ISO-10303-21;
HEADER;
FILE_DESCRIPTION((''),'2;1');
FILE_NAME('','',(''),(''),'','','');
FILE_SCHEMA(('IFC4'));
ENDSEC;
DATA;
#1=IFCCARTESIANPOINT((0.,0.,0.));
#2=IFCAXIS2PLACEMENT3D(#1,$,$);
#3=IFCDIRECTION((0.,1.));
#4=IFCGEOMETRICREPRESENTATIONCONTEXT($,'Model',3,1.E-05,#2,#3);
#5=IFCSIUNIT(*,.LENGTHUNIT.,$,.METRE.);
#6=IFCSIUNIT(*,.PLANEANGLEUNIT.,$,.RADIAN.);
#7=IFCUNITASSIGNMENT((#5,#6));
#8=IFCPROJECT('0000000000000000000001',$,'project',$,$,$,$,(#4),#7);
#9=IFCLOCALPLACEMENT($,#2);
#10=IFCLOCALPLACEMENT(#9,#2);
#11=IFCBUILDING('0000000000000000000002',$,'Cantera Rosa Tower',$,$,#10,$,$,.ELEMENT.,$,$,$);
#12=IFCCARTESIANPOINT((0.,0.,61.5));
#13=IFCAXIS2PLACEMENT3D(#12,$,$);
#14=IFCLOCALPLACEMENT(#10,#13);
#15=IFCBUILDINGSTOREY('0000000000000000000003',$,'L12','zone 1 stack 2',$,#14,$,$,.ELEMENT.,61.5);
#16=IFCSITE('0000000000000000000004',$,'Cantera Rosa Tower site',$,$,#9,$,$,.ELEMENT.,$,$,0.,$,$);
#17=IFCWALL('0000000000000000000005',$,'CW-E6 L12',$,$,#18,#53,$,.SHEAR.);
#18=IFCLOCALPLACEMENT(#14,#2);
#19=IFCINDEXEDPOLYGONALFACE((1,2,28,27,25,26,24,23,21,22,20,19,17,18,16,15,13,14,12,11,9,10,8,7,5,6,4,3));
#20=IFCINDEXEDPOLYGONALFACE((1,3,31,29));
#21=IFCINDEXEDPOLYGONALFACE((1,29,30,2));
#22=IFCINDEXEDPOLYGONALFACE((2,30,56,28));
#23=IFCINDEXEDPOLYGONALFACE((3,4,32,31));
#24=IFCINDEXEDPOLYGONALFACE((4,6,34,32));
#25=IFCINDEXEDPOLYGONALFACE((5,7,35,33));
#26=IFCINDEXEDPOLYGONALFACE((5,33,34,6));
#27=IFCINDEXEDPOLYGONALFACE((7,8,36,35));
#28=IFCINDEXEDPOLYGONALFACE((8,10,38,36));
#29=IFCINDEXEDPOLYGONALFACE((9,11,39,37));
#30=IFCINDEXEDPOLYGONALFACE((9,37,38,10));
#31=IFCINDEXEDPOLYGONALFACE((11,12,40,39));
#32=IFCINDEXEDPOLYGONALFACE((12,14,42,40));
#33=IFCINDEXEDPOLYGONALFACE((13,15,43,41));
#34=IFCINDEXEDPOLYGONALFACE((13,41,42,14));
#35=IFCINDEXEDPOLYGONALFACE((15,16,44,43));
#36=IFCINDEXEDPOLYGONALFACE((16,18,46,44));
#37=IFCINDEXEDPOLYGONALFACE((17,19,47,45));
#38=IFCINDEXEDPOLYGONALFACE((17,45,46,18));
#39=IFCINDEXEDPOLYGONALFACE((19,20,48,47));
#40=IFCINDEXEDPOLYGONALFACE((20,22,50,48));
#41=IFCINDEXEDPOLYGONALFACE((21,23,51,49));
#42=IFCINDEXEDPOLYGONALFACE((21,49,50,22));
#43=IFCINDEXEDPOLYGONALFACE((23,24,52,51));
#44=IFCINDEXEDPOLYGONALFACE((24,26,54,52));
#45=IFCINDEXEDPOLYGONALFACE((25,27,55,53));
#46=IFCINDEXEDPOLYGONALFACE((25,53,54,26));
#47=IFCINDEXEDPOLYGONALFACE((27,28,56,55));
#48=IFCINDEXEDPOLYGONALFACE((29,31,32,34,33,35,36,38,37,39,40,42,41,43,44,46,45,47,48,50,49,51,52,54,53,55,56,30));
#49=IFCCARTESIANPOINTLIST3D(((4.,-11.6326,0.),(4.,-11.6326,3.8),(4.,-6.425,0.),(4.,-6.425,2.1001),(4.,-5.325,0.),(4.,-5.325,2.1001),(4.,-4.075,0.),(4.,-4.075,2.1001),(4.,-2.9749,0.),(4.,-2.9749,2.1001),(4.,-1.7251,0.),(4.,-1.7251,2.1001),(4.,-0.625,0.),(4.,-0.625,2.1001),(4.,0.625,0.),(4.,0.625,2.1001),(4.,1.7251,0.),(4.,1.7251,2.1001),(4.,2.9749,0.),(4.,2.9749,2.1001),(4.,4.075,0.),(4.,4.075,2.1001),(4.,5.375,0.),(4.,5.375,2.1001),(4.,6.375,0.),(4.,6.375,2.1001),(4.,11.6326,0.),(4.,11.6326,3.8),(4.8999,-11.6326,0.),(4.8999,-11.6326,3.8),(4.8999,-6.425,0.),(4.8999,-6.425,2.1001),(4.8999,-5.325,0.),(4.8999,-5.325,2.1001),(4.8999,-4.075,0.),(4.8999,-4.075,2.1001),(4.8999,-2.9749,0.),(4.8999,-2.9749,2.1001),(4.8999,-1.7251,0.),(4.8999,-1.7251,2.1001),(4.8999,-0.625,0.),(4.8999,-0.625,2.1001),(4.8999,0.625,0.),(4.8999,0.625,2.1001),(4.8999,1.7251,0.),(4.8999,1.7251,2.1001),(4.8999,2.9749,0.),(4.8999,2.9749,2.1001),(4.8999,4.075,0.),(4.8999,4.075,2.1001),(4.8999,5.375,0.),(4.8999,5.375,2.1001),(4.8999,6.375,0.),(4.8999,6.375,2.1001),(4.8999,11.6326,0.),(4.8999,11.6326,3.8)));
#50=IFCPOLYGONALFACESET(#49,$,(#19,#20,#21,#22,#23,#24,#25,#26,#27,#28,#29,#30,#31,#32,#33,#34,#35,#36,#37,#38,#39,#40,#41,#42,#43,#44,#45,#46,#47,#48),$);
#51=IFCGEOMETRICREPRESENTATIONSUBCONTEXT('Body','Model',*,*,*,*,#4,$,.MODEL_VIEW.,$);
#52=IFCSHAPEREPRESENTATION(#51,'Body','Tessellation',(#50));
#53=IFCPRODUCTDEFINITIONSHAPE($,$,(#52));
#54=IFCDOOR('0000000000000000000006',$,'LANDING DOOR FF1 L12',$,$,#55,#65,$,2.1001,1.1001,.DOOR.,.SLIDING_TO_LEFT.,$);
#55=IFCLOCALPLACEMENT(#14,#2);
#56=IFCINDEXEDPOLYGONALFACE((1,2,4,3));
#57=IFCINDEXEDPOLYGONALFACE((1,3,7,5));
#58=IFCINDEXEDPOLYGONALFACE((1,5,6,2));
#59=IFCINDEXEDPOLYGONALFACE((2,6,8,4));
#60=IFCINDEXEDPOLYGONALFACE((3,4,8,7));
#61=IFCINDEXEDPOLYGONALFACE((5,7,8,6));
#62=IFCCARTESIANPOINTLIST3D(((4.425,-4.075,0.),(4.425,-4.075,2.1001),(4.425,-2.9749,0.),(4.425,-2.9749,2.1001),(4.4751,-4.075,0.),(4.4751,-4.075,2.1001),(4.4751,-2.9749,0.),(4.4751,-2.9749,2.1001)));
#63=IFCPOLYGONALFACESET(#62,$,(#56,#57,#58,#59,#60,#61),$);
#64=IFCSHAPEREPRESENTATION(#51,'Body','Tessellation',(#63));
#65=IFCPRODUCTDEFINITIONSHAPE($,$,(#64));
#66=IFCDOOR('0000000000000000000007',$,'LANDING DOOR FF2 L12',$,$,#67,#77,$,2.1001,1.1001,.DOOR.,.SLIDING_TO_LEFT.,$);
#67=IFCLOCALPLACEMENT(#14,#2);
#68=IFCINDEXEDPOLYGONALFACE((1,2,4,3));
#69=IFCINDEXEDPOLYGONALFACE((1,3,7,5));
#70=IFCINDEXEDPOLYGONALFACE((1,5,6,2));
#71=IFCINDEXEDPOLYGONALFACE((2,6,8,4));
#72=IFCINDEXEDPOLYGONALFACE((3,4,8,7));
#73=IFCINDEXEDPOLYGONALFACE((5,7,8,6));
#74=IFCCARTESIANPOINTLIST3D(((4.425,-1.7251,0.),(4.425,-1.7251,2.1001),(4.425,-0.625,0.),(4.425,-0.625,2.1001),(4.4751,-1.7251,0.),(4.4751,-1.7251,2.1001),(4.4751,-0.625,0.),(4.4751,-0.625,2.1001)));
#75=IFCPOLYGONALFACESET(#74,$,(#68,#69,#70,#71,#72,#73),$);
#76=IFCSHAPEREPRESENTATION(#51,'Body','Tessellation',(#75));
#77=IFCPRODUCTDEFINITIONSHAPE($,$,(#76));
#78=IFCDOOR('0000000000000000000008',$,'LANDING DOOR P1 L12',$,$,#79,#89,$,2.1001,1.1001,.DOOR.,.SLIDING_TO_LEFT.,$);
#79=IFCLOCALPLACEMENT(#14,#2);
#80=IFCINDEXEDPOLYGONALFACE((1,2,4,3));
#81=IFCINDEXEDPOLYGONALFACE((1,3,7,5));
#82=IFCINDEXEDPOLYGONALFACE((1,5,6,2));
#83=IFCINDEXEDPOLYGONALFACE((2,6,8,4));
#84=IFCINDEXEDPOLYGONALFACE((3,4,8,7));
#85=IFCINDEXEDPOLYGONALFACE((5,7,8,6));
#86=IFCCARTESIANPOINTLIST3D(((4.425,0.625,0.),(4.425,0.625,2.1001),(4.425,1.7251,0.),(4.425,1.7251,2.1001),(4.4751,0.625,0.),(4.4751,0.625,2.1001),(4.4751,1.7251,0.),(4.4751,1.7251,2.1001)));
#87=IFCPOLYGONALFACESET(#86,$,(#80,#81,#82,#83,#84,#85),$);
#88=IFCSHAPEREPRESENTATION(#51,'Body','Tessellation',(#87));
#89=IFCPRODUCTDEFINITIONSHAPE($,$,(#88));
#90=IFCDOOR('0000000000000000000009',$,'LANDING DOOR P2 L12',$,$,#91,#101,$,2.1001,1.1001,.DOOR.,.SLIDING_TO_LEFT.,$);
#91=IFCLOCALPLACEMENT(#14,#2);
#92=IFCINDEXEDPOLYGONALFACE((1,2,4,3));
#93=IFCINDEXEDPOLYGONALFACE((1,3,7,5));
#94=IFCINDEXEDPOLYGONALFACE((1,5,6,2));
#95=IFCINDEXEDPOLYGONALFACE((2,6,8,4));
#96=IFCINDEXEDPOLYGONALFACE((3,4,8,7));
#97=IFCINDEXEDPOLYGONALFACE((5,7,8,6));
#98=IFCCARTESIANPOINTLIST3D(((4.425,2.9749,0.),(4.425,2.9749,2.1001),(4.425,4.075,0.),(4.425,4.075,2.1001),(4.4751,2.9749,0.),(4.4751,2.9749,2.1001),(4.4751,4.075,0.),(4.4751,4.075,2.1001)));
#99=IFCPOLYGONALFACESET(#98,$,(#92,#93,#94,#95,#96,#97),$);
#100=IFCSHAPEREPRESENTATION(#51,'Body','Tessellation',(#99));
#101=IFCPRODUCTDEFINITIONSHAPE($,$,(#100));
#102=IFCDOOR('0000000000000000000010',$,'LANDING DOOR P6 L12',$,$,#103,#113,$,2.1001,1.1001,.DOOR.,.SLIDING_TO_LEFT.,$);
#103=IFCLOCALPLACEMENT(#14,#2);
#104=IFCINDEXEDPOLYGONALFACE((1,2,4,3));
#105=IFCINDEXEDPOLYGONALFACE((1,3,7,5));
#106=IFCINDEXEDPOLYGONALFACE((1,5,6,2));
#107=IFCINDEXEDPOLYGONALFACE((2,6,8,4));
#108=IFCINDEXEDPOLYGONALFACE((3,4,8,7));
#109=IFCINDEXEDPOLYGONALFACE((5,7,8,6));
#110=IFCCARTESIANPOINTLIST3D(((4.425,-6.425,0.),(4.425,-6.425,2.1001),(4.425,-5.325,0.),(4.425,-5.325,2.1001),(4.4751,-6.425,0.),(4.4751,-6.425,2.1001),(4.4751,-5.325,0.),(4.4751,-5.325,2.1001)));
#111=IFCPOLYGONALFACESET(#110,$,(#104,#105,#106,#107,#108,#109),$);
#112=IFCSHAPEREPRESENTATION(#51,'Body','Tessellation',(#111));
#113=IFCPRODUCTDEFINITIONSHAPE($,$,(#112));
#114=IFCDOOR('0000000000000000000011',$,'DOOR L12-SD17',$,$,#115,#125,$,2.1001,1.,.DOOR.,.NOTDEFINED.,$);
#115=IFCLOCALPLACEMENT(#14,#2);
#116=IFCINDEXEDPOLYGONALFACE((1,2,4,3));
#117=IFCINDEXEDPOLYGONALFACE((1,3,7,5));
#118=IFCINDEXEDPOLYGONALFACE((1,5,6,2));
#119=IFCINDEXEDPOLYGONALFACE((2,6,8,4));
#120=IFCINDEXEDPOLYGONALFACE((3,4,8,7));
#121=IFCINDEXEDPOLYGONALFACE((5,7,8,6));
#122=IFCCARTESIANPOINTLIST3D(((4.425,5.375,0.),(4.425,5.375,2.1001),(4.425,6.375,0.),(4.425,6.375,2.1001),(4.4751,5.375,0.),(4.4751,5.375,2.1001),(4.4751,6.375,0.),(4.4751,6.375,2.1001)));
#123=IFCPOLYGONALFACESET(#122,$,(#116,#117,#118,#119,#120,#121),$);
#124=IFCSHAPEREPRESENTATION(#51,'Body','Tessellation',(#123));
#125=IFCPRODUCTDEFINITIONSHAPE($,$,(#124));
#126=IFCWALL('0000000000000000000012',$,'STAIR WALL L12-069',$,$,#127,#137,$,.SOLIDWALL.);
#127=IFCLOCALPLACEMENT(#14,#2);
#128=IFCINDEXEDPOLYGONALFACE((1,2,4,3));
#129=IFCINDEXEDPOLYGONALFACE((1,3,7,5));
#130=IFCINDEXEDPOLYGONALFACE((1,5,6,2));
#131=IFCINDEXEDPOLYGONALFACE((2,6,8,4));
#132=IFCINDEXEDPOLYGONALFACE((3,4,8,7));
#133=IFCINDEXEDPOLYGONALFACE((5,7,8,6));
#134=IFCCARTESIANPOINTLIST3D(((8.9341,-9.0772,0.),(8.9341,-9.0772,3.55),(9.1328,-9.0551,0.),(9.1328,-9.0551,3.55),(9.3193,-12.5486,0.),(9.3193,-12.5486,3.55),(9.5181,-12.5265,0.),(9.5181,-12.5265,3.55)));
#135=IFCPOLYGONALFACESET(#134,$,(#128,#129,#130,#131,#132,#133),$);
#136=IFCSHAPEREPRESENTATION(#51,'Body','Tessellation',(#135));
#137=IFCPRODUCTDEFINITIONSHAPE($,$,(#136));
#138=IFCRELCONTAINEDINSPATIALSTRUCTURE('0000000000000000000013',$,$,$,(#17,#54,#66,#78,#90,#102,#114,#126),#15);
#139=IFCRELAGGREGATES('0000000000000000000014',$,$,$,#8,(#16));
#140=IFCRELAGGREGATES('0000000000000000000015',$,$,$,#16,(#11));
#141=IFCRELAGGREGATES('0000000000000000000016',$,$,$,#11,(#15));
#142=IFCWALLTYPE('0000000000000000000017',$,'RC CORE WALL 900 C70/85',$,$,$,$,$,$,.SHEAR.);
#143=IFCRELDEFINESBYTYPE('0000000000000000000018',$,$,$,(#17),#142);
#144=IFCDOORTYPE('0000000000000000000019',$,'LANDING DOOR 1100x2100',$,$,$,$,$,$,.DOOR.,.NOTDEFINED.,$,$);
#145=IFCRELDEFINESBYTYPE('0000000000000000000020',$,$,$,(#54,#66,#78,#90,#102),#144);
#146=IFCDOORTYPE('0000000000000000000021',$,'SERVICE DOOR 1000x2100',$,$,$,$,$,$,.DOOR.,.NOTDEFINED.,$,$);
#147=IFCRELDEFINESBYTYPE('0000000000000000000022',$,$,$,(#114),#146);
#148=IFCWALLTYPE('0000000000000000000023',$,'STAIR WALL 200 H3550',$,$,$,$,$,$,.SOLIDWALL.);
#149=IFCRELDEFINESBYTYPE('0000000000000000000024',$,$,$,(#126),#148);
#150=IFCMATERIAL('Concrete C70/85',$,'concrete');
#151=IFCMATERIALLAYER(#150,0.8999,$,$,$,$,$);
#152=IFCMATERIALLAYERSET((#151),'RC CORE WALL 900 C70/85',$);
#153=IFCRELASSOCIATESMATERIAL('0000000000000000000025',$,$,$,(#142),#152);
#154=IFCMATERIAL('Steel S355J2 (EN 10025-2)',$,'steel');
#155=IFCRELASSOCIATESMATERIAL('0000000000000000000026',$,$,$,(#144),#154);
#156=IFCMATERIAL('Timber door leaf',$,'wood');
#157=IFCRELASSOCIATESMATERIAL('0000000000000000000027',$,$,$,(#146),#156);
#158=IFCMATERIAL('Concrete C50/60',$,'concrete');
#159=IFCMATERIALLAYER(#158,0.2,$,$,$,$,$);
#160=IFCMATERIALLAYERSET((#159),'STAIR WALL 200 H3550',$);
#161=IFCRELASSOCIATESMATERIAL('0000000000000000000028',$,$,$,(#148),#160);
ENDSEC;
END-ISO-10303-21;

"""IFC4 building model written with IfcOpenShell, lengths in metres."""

from ifc_helpers import new_model, si_unit, direction, frame, frame_2d, origin, place, context, subcontext, project, spatial, rectangle, extrude, material, layer, layer_set, type_object, element, fill, save


model = new_model("IFC4")

# Units and contexts
model_context = context("Model", 3, precision=1e-05, world=origin(), true_north=direction((0.0, 1.0)))
body_context = subcontext(model_context, "Body", "Model", "MODEL_VIEW")
ifc_project = project(units=[si_unit("LENGTHUNIT", "METRE"), si_unit("PLANEANGLEUNIT", "RADIAN")], contexts=[model_context])

# Site, building, storey
site_placement = place(None, origin())
site = spatial("IfcSite", under=ifc_project, at=site_placement, Name="Cantera Rosa Tower site", CompositionType="ELEMENT", RefElevation=0.0)
building_placement = place(site_placement, origin())
building = spatial("IfcBuilding", under=site, at=building_placement, Name="Cantera Rosa Tower", CompositionType="ELEMENT")
storey_placement = place(building_placement, frame((0.0, 0.0, 61.5)))
storey = spatial("IfcBuildingStorey", under=building, at=storey_placement, Name="L12", Description="zone 1 stack 2", CompositionType="ELEMENT", Elevation=61.5)

# Wall, openings, doors
ifc_material_1 = material(Name="Concrete C70/85", Category="concrete")
ifc_layer_1 = layer(ifc_material_1, 0.8999)
ifc_layer_set_1 = layer_set([ifc_layer_1], Name="RC CORE WALL 900 C70/85")
wall_type_1 = type_object("IfcWallType", Name="RC CORE WALL 900 C70/85", PredefinedType="SHEAR", material=ifc_layer_set_1)
wall_1_placement = place(storey_placement, frame((4.45, -11.6326, 0.0), z_axis=(0.0, 0.0, 1.0), x_axis=(0.0, 1.0, 0.0)))
wall_1 = element("IfcWall", 1, at=wall_1_placement, inside=storey, type_object=wall_type_1, Name="CW-E6 L12", PredefinedType="SHEAR", context=body_context, shape_type="SweptSolid", body=[
    extrude(rectangle(XDim=23.2651, YDim=0.8999, at=frame_2d((11.6326, 0.0))), origin(), (0.0, 0.0, 1.0), 3.8),
])
opening_1_placement = place(wall_1_placement, frame((7.5576, 0.0, 0.0)))
opening_1 = element("IfcOpeningElement", 2, at=opening_1_placement, cuts=wall_1, PredefinedType="OPENING", context=body_context, shape_type="SweptSolid", body=[
    extrude(rectangle(XDim=1.1001, YDim=2.1001, at=frame_2d((0.55, 1.05))), frame((0.0, 0.46, 0.0), z_axis=(0.0, -1.0, 0.0), x_axis=(1.0, 0.0, 0.0)), (0.0, 0.0, 1.0), 0.9199),
])
opening_2_placement = place(wall_1_placement, frame((9.9075, 0.0, 0.0)))
opening_2 = element("IfcOpeningElement", 3, at=opening_2_placement, cuts=wall_1, PredefinedType="OPENING", context=body_context, shape_type="SweptSolid", body=[
    extrude(rectangle(XDim=1.1001, YDim=2.1001, at=frame_2d((0.55, 1.05))), frame((0.0, 0.46, 0.0), z_axis=(0.0, -1.0, 0.0), x_axis=(1.0, 0.0, 0.0)), (0.0, 0.0, 1.0), 0.9199),
])
opening_3_placement = place(wall_1_placement, frame((12.2576, 0.0, 0.0)))
opening_3 = element("IfcOpeningElement", 4, at=opening_3_placement, cuts=wall_1, PredefinedType="OPENING", context=body_context, shape_type="SweptSolid", body=[
    extrude(rectangle(XDim=1.1001, YDim=2.1001, at=frame_2d((0.55, 1.05))), frame((0.0, 0.46, 0.0), z_axis=(0.0, -1.0, 0.0), x_axis=(1.0, 0.0, 0.0)), (0.0, 0.0, 1.0), 0.9199),
])
opening_4_placement = place(wall_1_placement, frame((14.6074, 0.0, 0.0)))
opening_4 = element("IfcOpeningElement", 5, at=opening_4_placement, cuts=wall_1, PredefinedType="OPENING", context=body_context, shape_type="SweptSolid", body=[
    extrude(rectangle(XDim=1.1001, YDim=2.1001, at=frame_2d((0.55, 1.05))), frame((0.0, 0.46, 0.0), z_axis=(0.0, -1.0, 0.0), x_axis=(1.0, 0.0, 0.0)), (0.0, 0.0, 1.0), 0.9199),
])
opening_5_placement = place(wall_1_placement, frame((5.2075, 0.0, 0.0)))
opening_5 = element("IfcOpeningElement", 6, at=opening_5_placement, cuts=wall_1, PredefinedType="OPENING", context=body_context, shape_type="SweptSolid", body=[
    extrude(rectangle(XDim=1.1001, YDim=2.1001, at=frame_2d((0.55, 1.05))), frame((0.0, 0.46, 0.0), z_axis=(0.0, -1.0, 0.0), x_axis=(1.0, 0.0, 0.0)), (0.0, 0.0, 1.0), 0.9199),
])
opening_6_placement = place(wall_1_placement, frame((17.0076, 0.0, 0.0)))
opening_6 = element("IfcOpeningElement", 7, at=opening_6_placement, cuts=wall_1, PredefinedType="OPENING", context=body_context, shape_type="SweptSolid", body=[
    extrude(rectangle(XDim=1.0, YDim=2.1001, at=frame_2d((0.5, 1.05))), frame((0.0, 0.46, 0.0), z_axis=(0.0, -1.0, 0.0), x_axis=(1.0, 0.0, 0.0)), (0.0, 0.0, 1.0), 0.9199),
])
ifc_material_2 = material(Name="Steel S355J2 (EN 10025-2)", Category="steel")
door_type_1 = type_object("IfcDoorType", Name="LANDING DOOR 1100x2100", OperationType="NOTDEFINED", PredefinedType="DOOR", material=ifc_material_2)
door_1_placement = place(opening_1_placement, origin())
door_1 = element("IfcDoor", 8, at=door_1_placement, inside=storey, type_object=door_type_1, Name="LANDING DOOR FF1 L12", OperationType="SLIDING_TO_LEFT", OverallHeight=2.1001, OverallWidth=1.1001, PredefinedType="DOOR", context=body_context, shape_type="SweptSolid", body=[
    extrude(rectangle(XDim=1.1001, YDim=2.1001, at=frame_2d((0.55, 1.05))), frame((0.0, 0.0249, 0.0), z_axis=(0.0, -1.0, 0.0), x_axis=(1.0, 0.0, 0.0)), (0.0, 0.0, 1.0), 0.05),
])
fill(opening_1, door_1)
door_2_placement = place(opening_2_placement, origin())
door_2 = element("IfcDoor", 9, at=door_2_placement, inside=storey, type_object=door_type_1, Name="LANDING DOOR FF2 L12", OperationType="SLIDING_TO_LEFT", OverallHeight=2.1001, OverallWidth=1.1001, PredefinedType="DOOR", context=body_context, shape_type="SweptSolid", body=[
    extrude(rectangle(XDim=1.1001, YDim=2.1001, at=frame_2d((0.55, 1.05))), frame((0.0, 0.0249, 0.0), z_axis=(0.0, -1.0, 0.0), x_axis=(1.0, 0.0, 0.0)), (0.0, 0.0, 1.0), 0.05),
])
fill(opening_2, door_2)
door_3_placement = place(opening_3_placement, origin())
door_3 = element("IfcDoor", 10, at=door_3_placement, inside=storey, type_object=door_type_1, Name="LANDING DOOR P1 L12", OperationType="SLIDING_TO_LEFT", OverallHeight=2.1001, OverallWidth=1.1001, PredefinedType="DOOR", context=body_context, shape_type="SweptSolid", body=[
    extrude(rectangle(XDim=1.1001, YDim=2.1001, at=frame_2d((0.55, 1.05))), frame((0.0, 0.0249, 0.0), z_axis=(0.0, -1.0, 0.0), x_axis=(1.0, 0.0, 0.0)), (0.0, 0.0, 1.0), 0.05),
])
fill(opening_3, door_3)
door_4_placement = place(opening_4_placement, origin())
door_4 = element("IfcDoor", 11, at=door_4_placement, inside=storey, type_object=door_type_1, Name="LANDING DOOR P2 L12", OperationType="SLIDING_TO_LEFT", OverallHeight=2.1001, OverallWidth=1.1001, PredefinedType="DOOR", context=body_context, shape_type="SweptSolid", body=[
    extrude(rectangle(XDim=1.1001, YDim=2.1001, at=frame_2d((0.55, 1.05))), frame((0.0, 0.0249, 0.0), z_axis=(0.0, -1.0, 0.0), x_axis=(1.0, 0.0, 0.0)), (0.0, 0.0, 1.0), 0.05),
])
fill(opening_4, door_4)
door_5_placement = place(opening_5_placement, origin())
door_5 = element("IfcDoor", 12, at=door_5_placement, inside=storey, type_object=door_type_1, Name="LANDING DOOR P6 L12", OperationType="SLIDING_TO_LEFT", OverallHeight=2.1001, OverallWidth=1.1001, PredefinedType="DOOR", context=body_context, shape_type="SweptSolid", body=[
    extrude(rectangle(XDim=1.1001, YDim=2.1001, at=frame_2d((0.55, 1.05))), frame((0.0, 0.0249, 0.0), z_axis=(0.0, -1.0, 0.0), x_axis=(1.0, 0.0, 0.0)), (0.0, 0.0, 1.0), 0.05),
])
fill(opening_5, door_5)
ifc_material_3 = material(Name="Timber door leaf", Category="wood")
door_type_2 = type_object("IfcDoorType", Name="SERVICE DOOR 1000x2100", OperationType="NOTDEFINED", PredefinedType="DOOR", material=ifc_material_3)
door_6_placement = place(opening_6_placement, origin())
door_6 = element("IfcDoor", 13, at=door_6_placement, inside=storey, type_object=door_type_2, Name="DOOR L12-SD17", OperationType="NOTDEFINED", OverallHeight=2.1001, OverallWidth=1.0, PredefinedType="DOOR", context=body_context, shape_type="SweptSolid", body=[
    extrude(rectangle(XDim=1.0, YDim=2.1001, at=frame_2d((0.5, 1.05))), frame((0.0, 0.0249, 0.0), z_axis=(0.0, -1.0, 0.0), x_axis=(1.0, 0.0, 0.0)), (0.0, 0.0, 1.0), 0.05),
])
fill(opening_6, door_6)

# Wall
ifc_material_4 = material(Name="Concrete C50/60", Category="concrete")
ifc_layer_2 = layer(ifc_material_4, 0.2)
ifc_layer_set_2 = layer_set([ifc_layer_2], Name="STAIR WALL 200 H3550")
wall_type_2 = type_object("IfcWallType", Name="STAIR WALL 200 H3550", PredefinedType="SOLIDWALL", material=ifc_layer_set_2)
wall_2_placement = place(storey_placement, frame((9.0334, -9.0662, 0.0), z_axis=(0.0, 0.0, 1.0), x_axis=(0.110301, -0.993898, 0.0)))
element("IfcWall", 14, at=wall_2_placement, inside=storey, type_object=wall_type_2, Name="STAIR WALL L12-069", PredefinedType="SOLIDWALL", context=body_context, shape_type="SweptSolid", body=[
    extrude(rectangle(XDim=3.4927, YDim=0.2, at=frame_2d((1.7463, 0.0))), origin(), (0.0, 0.0, 1.0), 3.55),
])

save(model, "model.ifc")
